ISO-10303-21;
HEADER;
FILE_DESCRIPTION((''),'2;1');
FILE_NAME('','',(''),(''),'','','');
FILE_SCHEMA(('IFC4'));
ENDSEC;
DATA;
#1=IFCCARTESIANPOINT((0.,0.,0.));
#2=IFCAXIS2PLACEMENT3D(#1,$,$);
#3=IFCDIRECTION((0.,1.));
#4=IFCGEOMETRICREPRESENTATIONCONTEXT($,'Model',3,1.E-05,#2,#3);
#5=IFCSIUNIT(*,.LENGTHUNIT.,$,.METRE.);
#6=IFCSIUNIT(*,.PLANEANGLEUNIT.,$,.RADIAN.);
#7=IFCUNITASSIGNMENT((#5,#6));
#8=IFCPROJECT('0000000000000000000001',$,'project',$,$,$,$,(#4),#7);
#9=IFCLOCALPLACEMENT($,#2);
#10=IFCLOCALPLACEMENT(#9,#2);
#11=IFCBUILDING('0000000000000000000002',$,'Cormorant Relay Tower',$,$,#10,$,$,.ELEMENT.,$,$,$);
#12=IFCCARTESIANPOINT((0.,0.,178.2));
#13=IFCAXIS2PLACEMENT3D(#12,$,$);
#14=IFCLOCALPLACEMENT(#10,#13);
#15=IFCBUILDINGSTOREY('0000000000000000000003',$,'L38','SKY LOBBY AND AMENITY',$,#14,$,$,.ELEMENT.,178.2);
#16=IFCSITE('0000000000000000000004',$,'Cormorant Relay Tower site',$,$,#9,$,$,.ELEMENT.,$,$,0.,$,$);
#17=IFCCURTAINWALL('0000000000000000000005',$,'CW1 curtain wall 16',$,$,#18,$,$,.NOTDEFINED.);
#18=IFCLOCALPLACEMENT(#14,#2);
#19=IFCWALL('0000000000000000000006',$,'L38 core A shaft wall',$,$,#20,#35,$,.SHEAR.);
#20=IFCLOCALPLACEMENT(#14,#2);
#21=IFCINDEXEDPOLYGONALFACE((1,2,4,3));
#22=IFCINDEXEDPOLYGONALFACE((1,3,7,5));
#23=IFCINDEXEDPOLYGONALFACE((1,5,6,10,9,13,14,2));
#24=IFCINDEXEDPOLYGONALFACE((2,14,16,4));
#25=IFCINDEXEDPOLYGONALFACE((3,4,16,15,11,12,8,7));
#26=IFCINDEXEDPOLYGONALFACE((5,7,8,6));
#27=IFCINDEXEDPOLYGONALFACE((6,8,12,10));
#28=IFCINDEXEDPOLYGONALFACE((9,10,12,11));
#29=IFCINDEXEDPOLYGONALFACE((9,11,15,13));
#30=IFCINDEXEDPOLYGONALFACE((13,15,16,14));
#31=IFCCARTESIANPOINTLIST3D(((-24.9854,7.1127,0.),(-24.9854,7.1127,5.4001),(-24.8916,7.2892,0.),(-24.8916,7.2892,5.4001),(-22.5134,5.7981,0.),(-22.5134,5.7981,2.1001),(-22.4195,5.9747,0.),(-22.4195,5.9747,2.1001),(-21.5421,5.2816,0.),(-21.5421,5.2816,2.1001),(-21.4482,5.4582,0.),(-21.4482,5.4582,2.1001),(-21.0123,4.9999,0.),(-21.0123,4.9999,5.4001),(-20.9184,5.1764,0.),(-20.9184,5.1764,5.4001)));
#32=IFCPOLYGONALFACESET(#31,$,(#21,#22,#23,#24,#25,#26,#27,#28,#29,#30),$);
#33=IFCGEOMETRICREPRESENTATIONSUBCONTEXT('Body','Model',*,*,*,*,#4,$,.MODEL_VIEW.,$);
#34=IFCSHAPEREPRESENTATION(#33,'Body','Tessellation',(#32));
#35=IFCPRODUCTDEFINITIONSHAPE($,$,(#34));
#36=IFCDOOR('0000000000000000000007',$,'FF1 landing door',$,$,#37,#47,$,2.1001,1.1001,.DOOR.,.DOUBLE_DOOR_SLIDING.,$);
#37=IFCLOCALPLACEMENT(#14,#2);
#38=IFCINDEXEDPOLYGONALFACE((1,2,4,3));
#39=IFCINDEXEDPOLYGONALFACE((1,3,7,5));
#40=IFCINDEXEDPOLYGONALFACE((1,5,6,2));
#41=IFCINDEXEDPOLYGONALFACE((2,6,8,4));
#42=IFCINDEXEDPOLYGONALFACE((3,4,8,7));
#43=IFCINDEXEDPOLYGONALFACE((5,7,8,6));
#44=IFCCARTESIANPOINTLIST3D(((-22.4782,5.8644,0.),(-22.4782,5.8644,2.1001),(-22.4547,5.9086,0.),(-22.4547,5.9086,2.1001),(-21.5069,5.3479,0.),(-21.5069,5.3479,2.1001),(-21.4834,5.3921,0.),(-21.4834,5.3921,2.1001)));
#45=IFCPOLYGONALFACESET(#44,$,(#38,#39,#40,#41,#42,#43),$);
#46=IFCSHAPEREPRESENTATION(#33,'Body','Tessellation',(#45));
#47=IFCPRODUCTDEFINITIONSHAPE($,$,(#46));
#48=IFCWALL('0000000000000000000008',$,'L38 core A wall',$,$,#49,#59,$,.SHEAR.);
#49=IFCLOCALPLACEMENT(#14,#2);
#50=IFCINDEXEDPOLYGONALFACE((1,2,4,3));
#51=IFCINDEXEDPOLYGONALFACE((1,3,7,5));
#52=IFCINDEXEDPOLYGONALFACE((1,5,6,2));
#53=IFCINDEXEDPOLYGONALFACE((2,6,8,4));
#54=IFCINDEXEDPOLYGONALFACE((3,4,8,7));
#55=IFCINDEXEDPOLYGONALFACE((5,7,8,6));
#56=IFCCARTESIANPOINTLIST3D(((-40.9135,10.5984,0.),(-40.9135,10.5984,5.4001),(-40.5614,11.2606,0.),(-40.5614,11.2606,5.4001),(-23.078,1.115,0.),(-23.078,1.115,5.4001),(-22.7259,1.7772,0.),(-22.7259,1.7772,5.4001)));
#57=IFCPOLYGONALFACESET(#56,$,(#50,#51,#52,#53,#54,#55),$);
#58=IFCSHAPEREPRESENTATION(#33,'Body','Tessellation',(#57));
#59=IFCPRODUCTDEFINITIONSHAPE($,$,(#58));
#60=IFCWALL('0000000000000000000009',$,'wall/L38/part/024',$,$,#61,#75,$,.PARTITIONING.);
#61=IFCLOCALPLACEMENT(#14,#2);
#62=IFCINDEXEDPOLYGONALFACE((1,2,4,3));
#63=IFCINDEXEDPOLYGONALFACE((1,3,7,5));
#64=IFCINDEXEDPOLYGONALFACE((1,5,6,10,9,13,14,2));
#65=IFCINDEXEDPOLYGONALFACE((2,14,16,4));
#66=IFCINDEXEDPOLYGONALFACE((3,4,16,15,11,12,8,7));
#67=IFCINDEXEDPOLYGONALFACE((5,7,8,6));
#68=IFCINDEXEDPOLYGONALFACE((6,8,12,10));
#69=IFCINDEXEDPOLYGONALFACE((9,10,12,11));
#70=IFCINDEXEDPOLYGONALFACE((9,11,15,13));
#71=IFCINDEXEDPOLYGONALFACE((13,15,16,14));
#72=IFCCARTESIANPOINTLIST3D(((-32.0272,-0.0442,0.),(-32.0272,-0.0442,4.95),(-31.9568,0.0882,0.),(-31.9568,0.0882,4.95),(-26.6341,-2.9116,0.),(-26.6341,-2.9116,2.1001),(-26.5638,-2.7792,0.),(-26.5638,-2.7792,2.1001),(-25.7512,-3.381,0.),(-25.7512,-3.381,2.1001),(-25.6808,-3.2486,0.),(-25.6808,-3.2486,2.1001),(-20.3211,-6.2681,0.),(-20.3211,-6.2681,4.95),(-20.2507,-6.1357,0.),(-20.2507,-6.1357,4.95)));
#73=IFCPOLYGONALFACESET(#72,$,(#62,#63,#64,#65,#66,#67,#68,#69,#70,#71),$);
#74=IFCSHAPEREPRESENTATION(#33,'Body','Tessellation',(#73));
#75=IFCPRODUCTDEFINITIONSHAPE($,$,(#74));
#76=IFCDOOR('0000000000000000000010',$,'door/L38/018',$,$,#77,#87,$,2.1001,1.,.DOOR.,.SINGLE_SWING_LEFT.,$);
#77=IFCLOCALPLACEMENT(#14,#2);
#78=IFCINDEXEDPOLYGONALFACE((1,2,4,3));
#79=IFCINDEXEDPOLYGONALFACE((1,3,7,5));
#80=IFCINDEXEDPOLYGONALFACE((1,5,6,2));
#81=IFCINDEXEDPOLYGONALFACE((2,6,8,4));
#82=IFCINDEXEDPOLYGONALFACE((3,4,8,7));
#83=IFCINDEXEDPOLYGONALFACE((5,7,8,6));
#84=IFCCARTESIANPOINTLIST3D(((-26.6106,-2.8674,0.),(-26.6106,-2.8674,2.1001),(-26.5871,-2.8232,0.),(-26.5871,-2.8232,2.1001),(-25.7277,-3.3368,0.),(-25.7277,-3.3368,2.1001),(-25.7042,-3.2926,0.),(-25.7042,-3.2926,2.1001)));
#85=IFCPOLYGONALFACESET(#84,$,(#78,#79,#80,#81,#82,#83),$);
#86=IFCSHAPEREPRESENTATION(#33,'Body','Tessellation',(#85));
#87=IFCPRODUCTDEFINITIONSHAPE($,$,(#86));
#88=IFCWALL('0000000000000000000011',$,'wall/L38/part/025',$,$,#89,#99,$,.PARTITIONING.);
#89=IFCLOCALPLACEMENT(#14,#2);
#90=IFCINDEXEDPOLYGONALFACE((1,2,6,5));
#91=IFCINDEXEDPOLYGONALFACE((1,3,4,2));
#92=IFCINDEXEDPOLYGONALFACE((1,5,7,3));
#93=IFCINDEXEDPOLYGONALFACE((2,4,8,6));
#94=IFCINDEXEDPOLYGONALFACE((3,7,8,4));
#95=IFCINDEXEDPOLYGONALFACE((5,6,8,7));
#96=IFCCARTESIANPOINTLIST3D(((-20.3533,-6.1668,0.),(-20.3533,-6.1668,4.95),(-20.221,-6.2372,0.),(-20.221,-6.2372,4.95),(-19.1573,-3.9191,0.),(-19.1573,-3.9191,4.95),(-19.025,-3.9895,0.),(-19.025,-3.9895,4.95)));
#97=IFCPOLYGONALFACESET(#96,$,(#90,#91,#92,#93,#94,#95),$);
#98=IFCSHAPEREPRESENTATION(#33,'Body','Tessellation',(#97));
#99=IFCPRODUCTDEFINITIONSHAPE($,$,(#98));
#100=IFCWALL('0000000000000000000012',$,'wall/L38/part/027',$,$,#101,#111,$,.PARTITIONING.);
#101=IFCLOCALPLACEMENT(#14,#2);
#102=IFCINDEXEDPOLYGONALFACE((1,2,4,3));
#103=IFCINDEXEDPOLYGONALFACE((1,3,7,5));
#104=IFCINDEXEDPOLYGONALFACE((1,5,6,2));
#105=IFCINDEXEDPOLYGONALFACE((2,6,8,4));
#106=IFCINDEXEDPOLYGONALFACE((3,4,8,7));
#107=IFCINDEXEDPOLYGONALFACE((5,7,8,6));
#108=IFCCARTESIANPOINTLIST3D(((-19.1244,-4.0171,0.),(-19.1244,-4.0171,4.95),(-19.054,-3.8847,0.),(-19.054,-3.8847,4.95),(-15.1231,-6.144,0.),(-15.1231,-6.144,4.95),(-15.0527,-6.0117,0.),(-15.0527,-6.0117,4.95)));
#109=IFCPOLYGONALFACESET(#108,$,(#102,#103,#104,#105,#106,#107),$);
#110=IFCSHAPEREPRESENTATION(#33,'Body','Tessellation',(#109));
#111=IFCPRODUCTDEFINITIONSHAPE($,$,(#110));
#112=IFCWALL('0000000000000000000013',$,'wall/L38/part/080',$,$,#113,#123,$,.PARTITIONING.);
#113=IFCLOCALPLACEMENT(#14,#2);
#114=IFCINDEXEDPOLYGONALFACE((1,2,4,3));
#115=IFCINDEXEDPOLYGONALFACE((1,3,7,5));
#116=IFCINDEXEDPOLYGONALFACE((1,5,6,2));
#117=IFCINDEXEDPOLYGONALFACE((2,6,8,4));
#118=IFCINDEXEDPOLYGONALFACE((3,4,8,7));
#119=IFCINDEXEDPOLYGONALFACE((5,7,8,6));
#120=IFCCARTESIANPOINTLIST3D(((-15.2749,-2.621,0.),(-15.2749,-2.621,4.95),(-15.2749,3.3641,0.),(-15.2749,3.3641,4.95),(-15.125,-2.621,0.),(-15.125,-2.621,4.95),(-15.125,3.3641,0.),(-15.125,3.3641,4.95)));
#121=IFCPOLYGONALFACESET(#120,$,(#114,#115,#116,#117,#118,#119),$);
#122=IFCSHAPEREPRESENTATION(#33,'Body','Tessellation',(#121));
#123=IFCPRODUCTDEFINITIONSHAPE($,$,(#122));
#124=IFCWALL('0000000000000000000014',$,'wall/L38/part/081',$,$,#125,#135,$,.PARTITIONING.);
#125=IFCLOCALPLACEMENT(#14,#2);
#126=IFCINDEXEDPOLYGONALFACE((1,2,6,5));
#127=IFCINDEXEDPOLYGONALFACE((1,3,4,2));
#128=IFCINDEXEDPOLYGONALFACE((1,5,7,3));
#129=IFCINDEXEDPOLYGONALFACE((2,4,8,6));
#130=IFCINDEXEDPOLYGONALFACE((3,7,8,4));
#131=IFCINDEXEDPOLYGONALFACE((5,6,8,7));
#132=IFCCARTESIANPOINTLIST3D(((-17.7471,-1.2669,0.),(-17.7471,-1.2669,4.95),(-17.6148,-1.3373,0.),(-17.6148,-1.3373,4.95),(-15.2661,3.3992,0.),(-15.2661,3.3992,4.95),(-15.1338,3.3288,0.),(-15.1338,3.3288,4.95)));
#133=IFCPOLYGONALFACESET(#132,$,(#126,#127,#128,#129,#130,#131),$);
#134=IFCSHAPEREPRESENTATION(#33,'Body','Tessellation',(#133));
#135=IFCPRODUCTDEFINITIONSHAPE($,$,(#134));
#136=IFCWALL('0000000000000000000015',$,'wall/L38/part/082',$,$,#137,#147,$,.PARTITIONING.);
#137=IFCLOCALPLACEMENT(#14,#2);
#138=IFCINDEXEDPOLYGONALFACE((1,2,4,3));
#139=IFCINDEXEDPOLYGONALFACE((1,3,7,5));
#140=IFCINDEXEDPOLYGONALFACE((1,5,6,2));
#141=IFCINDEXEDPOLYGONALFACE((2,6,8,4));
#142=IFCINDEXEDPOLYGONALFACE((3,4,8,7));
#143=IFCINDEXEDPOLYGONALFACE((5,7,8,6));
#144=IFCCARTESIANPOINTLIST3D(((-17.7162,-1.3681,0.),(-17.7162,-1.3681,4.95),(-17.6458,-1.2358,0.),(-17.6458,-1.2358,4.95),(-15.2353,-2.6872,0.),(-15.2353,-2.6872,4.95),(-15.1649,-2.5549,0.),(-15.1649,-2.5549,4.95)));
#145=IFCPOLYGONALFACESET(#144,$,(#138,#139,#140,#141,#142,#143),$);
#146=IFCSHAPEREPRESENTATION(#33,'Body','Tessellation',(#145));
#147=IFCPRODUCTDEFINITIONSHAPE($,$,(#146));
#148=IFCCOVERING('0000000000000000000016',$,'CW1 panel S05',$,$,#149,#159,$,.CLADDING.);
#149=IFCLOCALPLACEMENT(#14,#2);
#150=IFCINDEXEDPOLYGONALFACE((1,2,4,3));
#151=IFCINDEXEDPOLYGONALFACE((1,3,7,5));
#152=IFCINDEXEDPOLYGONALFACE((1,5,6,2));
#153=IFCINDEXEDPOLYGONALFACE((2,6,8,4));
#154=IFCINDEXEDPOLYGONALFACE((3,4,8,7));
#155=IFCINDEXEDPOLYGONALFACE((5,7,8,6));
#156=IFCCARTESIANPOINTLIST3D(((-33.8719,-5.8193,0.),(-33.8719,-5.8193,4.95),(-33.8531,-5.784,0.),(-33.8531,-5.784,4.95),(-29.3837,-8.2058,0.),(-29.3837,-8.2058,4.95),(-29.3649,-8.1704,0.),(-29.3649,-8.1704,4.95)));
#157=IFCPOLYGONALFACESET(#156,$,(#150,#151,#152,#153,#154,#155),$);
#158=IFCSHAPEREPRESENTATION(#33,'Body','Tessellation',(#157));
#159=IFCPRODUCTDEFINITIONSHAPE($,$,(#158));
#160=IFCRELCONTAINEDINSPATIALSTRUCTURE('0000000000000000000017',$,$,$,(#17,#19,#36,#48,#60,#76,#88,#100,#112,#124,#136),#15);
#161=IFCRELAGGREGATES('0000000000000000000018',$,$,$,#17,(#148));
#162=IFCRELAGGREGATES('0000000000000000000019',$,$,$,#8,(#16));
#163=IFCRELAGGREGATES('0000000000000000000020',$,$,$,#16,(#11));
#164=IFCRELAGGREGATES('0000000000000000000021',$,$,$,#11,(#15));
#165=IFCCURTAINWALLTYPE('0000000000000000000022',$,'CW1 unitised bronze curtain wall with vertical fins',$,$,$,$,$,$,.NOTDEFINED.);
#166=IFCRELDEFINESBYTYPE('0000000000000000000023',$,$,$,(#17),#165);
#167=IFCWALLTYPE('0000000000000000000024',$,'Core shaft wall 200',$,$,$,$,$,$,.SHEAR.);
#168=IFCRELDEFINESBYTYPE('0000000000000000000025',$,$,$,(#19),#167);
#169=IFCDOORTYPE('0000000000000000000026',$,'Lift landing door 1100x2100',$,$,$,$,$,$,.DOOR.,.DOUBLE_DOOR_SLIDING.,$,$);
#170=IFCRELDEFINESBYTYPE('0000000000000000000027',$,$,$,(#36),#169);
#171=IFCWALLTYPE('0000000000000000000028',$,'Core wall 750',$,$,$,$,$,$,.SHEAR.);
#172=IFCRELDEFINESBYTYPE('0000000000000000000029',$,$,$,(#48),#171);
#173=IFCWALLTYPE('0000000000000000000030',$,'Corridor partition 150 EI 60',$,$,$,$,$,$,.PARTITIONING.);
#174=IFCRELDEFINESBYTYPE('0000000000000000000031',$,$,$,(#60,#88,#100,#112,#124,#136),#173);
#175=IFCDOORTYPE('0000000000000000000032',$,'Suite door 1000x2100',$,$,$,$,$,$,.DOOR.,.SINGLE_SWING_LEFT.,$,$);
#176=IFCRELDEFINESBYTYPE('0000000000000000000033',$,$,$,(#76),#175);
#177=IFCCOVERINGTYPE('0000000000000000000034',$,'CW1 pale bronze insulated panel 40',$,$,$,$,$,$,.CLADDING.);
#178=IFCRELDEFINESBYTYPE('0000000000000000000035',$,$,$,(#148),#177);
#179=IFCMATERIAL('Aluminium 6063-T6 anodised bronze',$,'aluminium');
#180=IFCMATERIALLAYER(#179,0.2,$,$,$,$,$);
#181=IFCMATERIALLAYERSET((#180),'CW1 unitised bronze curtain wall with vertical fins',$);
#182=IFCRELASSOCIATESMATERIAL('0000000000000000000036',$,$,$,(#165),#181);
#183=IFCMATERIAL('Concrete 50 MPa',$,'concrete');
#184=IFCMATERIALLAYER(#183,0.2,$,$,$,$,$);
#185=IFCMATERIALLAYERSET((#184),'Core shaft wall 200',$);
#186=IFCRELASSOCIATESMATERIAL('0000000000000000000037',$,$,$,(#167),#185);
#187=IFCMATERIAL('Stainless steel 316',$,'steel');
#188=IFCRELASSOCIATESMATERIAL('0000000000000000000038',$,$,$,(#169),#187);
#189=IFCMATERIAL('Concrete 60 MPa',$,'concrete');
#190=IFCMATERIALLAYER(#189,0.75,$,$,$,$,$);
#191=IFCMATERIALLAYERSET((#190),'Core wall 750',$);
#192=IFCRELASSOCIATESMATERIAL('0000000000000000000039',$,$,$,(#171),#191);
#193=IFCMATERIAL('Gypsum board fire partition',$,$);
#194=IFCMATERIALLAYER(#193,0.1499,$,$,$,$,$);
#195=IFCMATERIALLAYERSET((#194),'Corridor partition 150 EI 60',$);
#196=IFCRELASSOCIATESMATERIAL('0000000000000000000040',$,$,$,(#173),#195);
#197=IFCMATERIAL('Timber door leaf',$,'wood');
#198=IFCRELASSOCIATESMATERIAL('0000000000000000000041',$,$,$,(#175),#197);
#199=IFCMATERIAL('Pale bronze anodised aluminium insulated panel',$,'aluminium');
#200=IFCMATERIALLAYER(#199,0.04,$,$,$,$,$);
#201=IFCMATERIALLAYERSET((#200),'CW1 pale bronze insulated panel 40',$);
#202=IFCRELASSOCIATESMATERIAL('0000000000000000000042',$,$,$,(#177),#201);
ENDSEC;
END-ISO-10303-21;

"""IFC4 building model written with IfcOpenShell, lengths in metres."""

from ifc_helpers import new_model, si_unit, direction, frame, frame_2d, origin, origin_2d, place, context, subcontext, project, spatial, rectangle, extrude, material, layer, layer_set, type_object, element, fill, aggregate, save


model = new_model("IFC4")

# Units and contexts
model_context = context("Model", 3, precision=1e-05, world=origin(), true_north=direction((0.0, 1.0)))
body_context = subcontext(model_context, "Body", "Model", "MODEL_VIEW")
ifc_project = project(units=[si_unit("LENGTHUNIT", "METRE"), si_unit("PLANEANGLEUNIT", "RADIAN")], contexts=[model_context])

# Site, building, storey
site_placement = place(None, origin())
site = spatial("IfcSite", under=ifc_project, at=site_placement, Name="Cormorant Relay Tower site", CompositionType="ELEMENT", RefElevation=0.0)
building_placement = place(site_placement, origin())
building = spatial("IfcBuilding", under=site, at=building_placement, Name="Cormorant Relay Tower", CompositionType="ELEMENT")
storey_placement = place(building_placement, frame((0.0, 0.0, 178.2)))
storey = spatial("IfcBuildingStorey", under=building, at=storey_placement, Name="L38", Description="SKY LOBBY AND AMENITY", CompositionType="ELEMENT", Elevation=178.2)

# Curtain wall
ifc_material_1 = material(Name="Aluminium 6063-T6 anodised bronze", Category="aluminium")
ifc_layer_1 = layer(ifc_material_1, 0.2)
ifc_layer_set_1 = layer_set([ifc_layer_1], Name="CW1 unitised bronze curtain wall with vertical fins")
curtain_wall_type = type_object("IfcCurtainWallType", Name="CW1 unitised bronze curtain wall with vertical fins", PredefinedType="NOTDEFINED", material=ifc_layer_set_1)
curtain_wall_placement = place(storey_placement, origin())
curtain_wall = element("IfcCurtainWall", 1, at=curtain_wall_placement, inside=storey, type_object=curtain_wall_type, Name="CW1 curtain wall 16", PredefinedType="NOTDEFINED")

# Shared definitions
ifc_material_2 = material(Name="Concrete 50 MPa", Category="concrete")
ifc_layer_2 = layer(ifc_material_2, 0.2)
ifc_layer_set_2 = layer_set([ifc_layer_2], Name="Core shaft wall 200")
wall_type_1 = type_object("IfcWallType", Name="Core shaft wall 200", PredefinedType="SHEAR", material=ifc_layer_set_2)

# Wall, opening, door
wall_1_placement = place(storey_placement, frame((-20.9653, 5.0881, 0.0), z_axis=(0.0, 0.0, 1.0), x_axis=(-0.882926, 0.469512, 0.0)))
wall_1 = element("IfcWall", 2, at=wall_1_placement, inside=storey, type_object=wall_type_1, Name="L38 core A shaft wall", PredefinedType="SHEAR", context=body_context, shape_type="SweptSolid", body=[
    extrude(rectangle(XDim=4.5, YDim=0.2, at=frame_2d((2.25, 0.0))), origin(), (0.0, 0.0, 1.0), 5.4001),
])
opening_1_placement = place(wall_1_placement, frame((0.6001, 0.0, 0.0)))
opening_1 = element("IfcOpeningElement", 3, at=opening_1_placement, cuts=wall_1, PredefinedType="OPENING", context=body_context, shape_type="SweptSolid", body=[
    extrude(rectangle(XDim=1.1001, YDim=2.1001, at=frame_2d((0.55, 1.05))), frame((0.0, 0.1099, 0.0), z_axis=(0.0, -1.0, 0.0), x_axis=(1.0, 0.0, 0.0)), (0.0, 0.0, 1.0), 0.22),
])
ifc_material_3 = material(Name="Stainless steel 316", Category="steel")
door_type_1 = type_object("IfcDoorType", Name="Lift landing door 1100x2100", OperationType="DOUBLE_DOOR_SLIDING", PredefinedType="DOOR", material=ifc_material_3)
door_1_placement = place(opening_1_placement, origin())
door_1 = element("IfcDoor", 4, at=door_1_placement, inside=storey, type_object=door_type_1, Name="FF1 landing door", OperationType="DOUBLE_DOOR_SLIDING", OverallHeight=2.1001, OverallWidth=1.1001, PredefinedType="DOOR", context=body_context, shape_type="SweptSolid", body=[
    extrude(rectangle(XDim=1.1001, YDim=2.1001, at=frame_2d((0.55, 1.05))), frame((0.0, 0.0249, 0.0), z_axis=(0.0, -1.0, 0.0), x_axis=(1.0, 0.0, 0.0)), (0.0, 0.0, 1.0), 0.05),
])
fill(opening_1, door_1)

# Wall
ifc_material_4 = material(Name="Concrete 60 MPa", Category="concrete")
ifc_layer_3 = layer(ifc_material_4, 0.75)
ifc_layer_set_3 = layer_set([ifc_layer_3], Name="Core wall 750")
wall_type_2 = type_object("IfcWallType", Name="Core wall 750", PredefinedType="SHEAR", material=ifc_layer_set_3)
wall_2_placement = place(storey_placement, frame((-22.9019, 1.446, 0.0), z_axis=(0.0, 0.0, 1.0), x_axis=(-0.882945, 0.469476, 0.0)))
element("IfcWall", 5, at=wall_2_placement, inside=storey, type_object=wall_type_2, Name="L38 core A wall", PredefinedType="SHEAR", context=body_context, shape_type="SweptSolid", body=[
    extrude(rectangle(XDim=20.2, YDim=0.75, at=frame_2d((10.1001, 0.0))), origin(), (0.0, 0.0, 1.0), 5.4001),
])

# Wall, opening, door
ifc_material_5 = material(Name="Gypsum board fire partition")
ifc_layer_4 = layer(ifc_material_5, 0.1499)
ifc_layer_set_4 = layer_set([ifc_layer_4], Name="Corridor partition 150 EI 60")
wall_type_3 = type_object("IfcWallType", Name="Corridor partition 150 EI 60", PredefinedType="PARTITIONING", material=ifc_layer_set_4)
wall_3_placement = place(storey_placement, frame((-20.2859, -6.2019, 0.0), z_axis=(0.0, 0.0, 1.0), x_axis=(-0.882958, 0.469451, 0.0)))
wall_3 = element("IfcWall", 6, at=wall_3_placement, inside=storey, type_object=wall_type_3, Name="wall/L38/part/024", PredefinedType="PARTITIONING", context=body_context, shape_type="SweptSolid", body=[
    extrude(rectangle(XDim=13.2578, YDim=0.1499, at=frame_2d((6.6289, 0.0))), origin(), (0.0, 0.0, 1.0), 4.95),
])
opening_2_placement = place(wall_3_placement, frame((6.1499, 0.0, 0.0)))
opening_2 = element("IfcOpeningElement", 7, at=opening_2_placement, cuts=wall_3, PredefinedType="OPENING", context=body_context, shape_type="SweptSolid", body=[
    extrude(rectangle(XDim=1.0, YDim=2.1001, at=frame_2d((0.5, 1.05))), frame((0.0, 0.085, 0.0), z_axis=(0.0, -1.0, 0.0), x_axis=(1.0, 0.0, 0.0)), (0.0, 0.0, 1.0), 0.1699),
])
ifc_material_6 = material(Name="Timber door leaf", Category="wood")
door_type_2 = type_object("IfcDoorType", Name="Suite door 1000x2100", OperationType="SINGLE_SWING_LEFT", PredefinedType="DOOR", material=ifc_material_6)
door_2_placement = place(opening_2_placement, origin())
door_2 = element("IfcDoor", 8, at=door_2_placement, inside=storey, type_object=door_type_2, Name="door/L38/018", OperationType="SINGLE_SWING_LEFT", OverallHeight=2.1001, OverallWidth=1.0, PredefinedType="DOOR", context=body_context, shape_type="SweptSolid", body=[
    extrude(rectangle(XDim=1.0, YDim=2.1001, at=frame_2d((0.5, 1.05))), frame((0.0, 0.0249, 0.0), z_axis=(0.0, -1.0, 0.0), x_axis=(1.0, 0.0, 0.0)), (0.0, 0.0, 1.0), 0.05),
])
fill(opening_2, door_2)

# Walls
wall_4_placement = place(storey_placement, frame((-20.2871, -6.2019, 0.0), z_axis=(0.0, 0.0, 1.0), x_axis=(0.469737, 0.882806, 0.0)))
element("IfcWall", 9, at=wall_4_placement, inside=storey, type_object=wall_type_3, Name="wall/L38/part/025", PredefinedType="PARTITIONING", context=body_context, shape_type="SweptSolid", body=[
    extrude(rectangle(XDim=2.5461, YDim=0.1499, at=frame_2d((1.2729, 0.0))), origin(), (0.0, 0.0, 1.0), 4.95),
])
wall_5_placement = place(storey_placement, frame((-19.0891, -3.9509, 0.0), z_axis=(0.0, 0.0, 1.0), x_axis=(0.882996, -0.46938, 0.0)))
element("IfcWall", 10, at=wall_5_placement, inside=storey, type_object=wall_type_3, Name="wall/L38/part/027", PredefinedType="PARTITIONING", context=body_context, shape_type="SweptSolid", body=[
    extrude(rectangle(XDim=4.5315, YDim=0.1499, at=frame_2d((2.2656, 0.0))), origin(), (0.0, 0.0, 1.0), 4.95),
])
wall_6_placement = place(storey_placement, frame((-15.2, -2.6211, 0.0), z_axis=(0.0, 0.0, 1.0), x_axis=(0.0, 1.0, 0.0)))
element("IfcWall", 11, at=wall_6_placement, inside=storey, type_object=wall_type_3, Name="wall/L38/part/080", PredefinedType="PARTITIONING", context=body_context, shape_type="SweptSolid", body=[
    extrude(rectangle(XDim=5.9851, YDim=0.1499, at=frame_2d((2.9927, 0.0))), origin(), (0.0, 0.0, 1.0), 4.95),
])
wall_7_placement = place(storey_placement, frame((-15.2, 3.364, 0.0), z_axis=(0.0, 0.0, 1.0), x_axis=(-0.46947, -0.882948, 0.0)))
element("IfcWall", 12, at=wall_7_placement, inside=storey, type_object=wall_type_3, Name="wall/L38/part/081", PredefinedType="PARTITIONING", context=body_context, shape_type="SweptSolid", body=[
    extrude(rectangle(XDim=5.2847, YDim=0.1499, at=frame_2d((2.6423, 0.0))), origin(), (0.0, 0.0, 1.0), 4.95),
])
wall_8_placement = place(storey_placement, frame((-17.6809, -1.302, 0.0), z_axis=(0.0, 0.0, 1.0), x_axis=(0.882956, -0.469456, 0.0)))
element("IfcWall", 13, at=wall_8_placement, inside=storey, type_object=wall_type_3, Name="wall/L38/part/082", PredefinedType="PARTITIONING", context=body_context, shape_type="SweptSolid", body=[
    extrude(rectangle(XDim=2.8098, YDim=0.1499, at=frame_2d((1.4048, 0.0))), origin(), (0.0, 0.0, 1.0), 4.95),
])

# Covering
ifc_material_7 = material(Name="Pale bronze anodised aluminium insulated panel", Category="aluminium")
ifc_layer_5 = layer(ifc_material_7, 0.04)
ifc_layer_set_5 = layer_set([ifc_layer_5], Name="CW1 pale bronze insulated panel 40")
covering_type = type_object("IfcCoveringType", Name="CW1 pale bronze insulated panel 40", PredefinedType="CLADDING", material=ifc_layer_set_5)
covering_placement = place(storey_placement, frame((-31.6184, -6.9949, 0.0), z_axis=(0.0, 0.0, 1.0), x_axis=(0.882948, -0.469472, 0.0)))
covering = element("IfcCovering", 14, at=covering_placement, type_object=covering_type, Name="CW1 panel S05", PredefinedType="CLADDING", context=body_context, shape_type="SweptSolid", body=[
    extrude(rectangle(XDim=5.0833, YDim=0.04, at=origin_2d()), origin(), (0.0, 0.0, 1.0), 4.95),
])
aggregate(curtain_wall, [covering])

save(model, "model.ifc")
